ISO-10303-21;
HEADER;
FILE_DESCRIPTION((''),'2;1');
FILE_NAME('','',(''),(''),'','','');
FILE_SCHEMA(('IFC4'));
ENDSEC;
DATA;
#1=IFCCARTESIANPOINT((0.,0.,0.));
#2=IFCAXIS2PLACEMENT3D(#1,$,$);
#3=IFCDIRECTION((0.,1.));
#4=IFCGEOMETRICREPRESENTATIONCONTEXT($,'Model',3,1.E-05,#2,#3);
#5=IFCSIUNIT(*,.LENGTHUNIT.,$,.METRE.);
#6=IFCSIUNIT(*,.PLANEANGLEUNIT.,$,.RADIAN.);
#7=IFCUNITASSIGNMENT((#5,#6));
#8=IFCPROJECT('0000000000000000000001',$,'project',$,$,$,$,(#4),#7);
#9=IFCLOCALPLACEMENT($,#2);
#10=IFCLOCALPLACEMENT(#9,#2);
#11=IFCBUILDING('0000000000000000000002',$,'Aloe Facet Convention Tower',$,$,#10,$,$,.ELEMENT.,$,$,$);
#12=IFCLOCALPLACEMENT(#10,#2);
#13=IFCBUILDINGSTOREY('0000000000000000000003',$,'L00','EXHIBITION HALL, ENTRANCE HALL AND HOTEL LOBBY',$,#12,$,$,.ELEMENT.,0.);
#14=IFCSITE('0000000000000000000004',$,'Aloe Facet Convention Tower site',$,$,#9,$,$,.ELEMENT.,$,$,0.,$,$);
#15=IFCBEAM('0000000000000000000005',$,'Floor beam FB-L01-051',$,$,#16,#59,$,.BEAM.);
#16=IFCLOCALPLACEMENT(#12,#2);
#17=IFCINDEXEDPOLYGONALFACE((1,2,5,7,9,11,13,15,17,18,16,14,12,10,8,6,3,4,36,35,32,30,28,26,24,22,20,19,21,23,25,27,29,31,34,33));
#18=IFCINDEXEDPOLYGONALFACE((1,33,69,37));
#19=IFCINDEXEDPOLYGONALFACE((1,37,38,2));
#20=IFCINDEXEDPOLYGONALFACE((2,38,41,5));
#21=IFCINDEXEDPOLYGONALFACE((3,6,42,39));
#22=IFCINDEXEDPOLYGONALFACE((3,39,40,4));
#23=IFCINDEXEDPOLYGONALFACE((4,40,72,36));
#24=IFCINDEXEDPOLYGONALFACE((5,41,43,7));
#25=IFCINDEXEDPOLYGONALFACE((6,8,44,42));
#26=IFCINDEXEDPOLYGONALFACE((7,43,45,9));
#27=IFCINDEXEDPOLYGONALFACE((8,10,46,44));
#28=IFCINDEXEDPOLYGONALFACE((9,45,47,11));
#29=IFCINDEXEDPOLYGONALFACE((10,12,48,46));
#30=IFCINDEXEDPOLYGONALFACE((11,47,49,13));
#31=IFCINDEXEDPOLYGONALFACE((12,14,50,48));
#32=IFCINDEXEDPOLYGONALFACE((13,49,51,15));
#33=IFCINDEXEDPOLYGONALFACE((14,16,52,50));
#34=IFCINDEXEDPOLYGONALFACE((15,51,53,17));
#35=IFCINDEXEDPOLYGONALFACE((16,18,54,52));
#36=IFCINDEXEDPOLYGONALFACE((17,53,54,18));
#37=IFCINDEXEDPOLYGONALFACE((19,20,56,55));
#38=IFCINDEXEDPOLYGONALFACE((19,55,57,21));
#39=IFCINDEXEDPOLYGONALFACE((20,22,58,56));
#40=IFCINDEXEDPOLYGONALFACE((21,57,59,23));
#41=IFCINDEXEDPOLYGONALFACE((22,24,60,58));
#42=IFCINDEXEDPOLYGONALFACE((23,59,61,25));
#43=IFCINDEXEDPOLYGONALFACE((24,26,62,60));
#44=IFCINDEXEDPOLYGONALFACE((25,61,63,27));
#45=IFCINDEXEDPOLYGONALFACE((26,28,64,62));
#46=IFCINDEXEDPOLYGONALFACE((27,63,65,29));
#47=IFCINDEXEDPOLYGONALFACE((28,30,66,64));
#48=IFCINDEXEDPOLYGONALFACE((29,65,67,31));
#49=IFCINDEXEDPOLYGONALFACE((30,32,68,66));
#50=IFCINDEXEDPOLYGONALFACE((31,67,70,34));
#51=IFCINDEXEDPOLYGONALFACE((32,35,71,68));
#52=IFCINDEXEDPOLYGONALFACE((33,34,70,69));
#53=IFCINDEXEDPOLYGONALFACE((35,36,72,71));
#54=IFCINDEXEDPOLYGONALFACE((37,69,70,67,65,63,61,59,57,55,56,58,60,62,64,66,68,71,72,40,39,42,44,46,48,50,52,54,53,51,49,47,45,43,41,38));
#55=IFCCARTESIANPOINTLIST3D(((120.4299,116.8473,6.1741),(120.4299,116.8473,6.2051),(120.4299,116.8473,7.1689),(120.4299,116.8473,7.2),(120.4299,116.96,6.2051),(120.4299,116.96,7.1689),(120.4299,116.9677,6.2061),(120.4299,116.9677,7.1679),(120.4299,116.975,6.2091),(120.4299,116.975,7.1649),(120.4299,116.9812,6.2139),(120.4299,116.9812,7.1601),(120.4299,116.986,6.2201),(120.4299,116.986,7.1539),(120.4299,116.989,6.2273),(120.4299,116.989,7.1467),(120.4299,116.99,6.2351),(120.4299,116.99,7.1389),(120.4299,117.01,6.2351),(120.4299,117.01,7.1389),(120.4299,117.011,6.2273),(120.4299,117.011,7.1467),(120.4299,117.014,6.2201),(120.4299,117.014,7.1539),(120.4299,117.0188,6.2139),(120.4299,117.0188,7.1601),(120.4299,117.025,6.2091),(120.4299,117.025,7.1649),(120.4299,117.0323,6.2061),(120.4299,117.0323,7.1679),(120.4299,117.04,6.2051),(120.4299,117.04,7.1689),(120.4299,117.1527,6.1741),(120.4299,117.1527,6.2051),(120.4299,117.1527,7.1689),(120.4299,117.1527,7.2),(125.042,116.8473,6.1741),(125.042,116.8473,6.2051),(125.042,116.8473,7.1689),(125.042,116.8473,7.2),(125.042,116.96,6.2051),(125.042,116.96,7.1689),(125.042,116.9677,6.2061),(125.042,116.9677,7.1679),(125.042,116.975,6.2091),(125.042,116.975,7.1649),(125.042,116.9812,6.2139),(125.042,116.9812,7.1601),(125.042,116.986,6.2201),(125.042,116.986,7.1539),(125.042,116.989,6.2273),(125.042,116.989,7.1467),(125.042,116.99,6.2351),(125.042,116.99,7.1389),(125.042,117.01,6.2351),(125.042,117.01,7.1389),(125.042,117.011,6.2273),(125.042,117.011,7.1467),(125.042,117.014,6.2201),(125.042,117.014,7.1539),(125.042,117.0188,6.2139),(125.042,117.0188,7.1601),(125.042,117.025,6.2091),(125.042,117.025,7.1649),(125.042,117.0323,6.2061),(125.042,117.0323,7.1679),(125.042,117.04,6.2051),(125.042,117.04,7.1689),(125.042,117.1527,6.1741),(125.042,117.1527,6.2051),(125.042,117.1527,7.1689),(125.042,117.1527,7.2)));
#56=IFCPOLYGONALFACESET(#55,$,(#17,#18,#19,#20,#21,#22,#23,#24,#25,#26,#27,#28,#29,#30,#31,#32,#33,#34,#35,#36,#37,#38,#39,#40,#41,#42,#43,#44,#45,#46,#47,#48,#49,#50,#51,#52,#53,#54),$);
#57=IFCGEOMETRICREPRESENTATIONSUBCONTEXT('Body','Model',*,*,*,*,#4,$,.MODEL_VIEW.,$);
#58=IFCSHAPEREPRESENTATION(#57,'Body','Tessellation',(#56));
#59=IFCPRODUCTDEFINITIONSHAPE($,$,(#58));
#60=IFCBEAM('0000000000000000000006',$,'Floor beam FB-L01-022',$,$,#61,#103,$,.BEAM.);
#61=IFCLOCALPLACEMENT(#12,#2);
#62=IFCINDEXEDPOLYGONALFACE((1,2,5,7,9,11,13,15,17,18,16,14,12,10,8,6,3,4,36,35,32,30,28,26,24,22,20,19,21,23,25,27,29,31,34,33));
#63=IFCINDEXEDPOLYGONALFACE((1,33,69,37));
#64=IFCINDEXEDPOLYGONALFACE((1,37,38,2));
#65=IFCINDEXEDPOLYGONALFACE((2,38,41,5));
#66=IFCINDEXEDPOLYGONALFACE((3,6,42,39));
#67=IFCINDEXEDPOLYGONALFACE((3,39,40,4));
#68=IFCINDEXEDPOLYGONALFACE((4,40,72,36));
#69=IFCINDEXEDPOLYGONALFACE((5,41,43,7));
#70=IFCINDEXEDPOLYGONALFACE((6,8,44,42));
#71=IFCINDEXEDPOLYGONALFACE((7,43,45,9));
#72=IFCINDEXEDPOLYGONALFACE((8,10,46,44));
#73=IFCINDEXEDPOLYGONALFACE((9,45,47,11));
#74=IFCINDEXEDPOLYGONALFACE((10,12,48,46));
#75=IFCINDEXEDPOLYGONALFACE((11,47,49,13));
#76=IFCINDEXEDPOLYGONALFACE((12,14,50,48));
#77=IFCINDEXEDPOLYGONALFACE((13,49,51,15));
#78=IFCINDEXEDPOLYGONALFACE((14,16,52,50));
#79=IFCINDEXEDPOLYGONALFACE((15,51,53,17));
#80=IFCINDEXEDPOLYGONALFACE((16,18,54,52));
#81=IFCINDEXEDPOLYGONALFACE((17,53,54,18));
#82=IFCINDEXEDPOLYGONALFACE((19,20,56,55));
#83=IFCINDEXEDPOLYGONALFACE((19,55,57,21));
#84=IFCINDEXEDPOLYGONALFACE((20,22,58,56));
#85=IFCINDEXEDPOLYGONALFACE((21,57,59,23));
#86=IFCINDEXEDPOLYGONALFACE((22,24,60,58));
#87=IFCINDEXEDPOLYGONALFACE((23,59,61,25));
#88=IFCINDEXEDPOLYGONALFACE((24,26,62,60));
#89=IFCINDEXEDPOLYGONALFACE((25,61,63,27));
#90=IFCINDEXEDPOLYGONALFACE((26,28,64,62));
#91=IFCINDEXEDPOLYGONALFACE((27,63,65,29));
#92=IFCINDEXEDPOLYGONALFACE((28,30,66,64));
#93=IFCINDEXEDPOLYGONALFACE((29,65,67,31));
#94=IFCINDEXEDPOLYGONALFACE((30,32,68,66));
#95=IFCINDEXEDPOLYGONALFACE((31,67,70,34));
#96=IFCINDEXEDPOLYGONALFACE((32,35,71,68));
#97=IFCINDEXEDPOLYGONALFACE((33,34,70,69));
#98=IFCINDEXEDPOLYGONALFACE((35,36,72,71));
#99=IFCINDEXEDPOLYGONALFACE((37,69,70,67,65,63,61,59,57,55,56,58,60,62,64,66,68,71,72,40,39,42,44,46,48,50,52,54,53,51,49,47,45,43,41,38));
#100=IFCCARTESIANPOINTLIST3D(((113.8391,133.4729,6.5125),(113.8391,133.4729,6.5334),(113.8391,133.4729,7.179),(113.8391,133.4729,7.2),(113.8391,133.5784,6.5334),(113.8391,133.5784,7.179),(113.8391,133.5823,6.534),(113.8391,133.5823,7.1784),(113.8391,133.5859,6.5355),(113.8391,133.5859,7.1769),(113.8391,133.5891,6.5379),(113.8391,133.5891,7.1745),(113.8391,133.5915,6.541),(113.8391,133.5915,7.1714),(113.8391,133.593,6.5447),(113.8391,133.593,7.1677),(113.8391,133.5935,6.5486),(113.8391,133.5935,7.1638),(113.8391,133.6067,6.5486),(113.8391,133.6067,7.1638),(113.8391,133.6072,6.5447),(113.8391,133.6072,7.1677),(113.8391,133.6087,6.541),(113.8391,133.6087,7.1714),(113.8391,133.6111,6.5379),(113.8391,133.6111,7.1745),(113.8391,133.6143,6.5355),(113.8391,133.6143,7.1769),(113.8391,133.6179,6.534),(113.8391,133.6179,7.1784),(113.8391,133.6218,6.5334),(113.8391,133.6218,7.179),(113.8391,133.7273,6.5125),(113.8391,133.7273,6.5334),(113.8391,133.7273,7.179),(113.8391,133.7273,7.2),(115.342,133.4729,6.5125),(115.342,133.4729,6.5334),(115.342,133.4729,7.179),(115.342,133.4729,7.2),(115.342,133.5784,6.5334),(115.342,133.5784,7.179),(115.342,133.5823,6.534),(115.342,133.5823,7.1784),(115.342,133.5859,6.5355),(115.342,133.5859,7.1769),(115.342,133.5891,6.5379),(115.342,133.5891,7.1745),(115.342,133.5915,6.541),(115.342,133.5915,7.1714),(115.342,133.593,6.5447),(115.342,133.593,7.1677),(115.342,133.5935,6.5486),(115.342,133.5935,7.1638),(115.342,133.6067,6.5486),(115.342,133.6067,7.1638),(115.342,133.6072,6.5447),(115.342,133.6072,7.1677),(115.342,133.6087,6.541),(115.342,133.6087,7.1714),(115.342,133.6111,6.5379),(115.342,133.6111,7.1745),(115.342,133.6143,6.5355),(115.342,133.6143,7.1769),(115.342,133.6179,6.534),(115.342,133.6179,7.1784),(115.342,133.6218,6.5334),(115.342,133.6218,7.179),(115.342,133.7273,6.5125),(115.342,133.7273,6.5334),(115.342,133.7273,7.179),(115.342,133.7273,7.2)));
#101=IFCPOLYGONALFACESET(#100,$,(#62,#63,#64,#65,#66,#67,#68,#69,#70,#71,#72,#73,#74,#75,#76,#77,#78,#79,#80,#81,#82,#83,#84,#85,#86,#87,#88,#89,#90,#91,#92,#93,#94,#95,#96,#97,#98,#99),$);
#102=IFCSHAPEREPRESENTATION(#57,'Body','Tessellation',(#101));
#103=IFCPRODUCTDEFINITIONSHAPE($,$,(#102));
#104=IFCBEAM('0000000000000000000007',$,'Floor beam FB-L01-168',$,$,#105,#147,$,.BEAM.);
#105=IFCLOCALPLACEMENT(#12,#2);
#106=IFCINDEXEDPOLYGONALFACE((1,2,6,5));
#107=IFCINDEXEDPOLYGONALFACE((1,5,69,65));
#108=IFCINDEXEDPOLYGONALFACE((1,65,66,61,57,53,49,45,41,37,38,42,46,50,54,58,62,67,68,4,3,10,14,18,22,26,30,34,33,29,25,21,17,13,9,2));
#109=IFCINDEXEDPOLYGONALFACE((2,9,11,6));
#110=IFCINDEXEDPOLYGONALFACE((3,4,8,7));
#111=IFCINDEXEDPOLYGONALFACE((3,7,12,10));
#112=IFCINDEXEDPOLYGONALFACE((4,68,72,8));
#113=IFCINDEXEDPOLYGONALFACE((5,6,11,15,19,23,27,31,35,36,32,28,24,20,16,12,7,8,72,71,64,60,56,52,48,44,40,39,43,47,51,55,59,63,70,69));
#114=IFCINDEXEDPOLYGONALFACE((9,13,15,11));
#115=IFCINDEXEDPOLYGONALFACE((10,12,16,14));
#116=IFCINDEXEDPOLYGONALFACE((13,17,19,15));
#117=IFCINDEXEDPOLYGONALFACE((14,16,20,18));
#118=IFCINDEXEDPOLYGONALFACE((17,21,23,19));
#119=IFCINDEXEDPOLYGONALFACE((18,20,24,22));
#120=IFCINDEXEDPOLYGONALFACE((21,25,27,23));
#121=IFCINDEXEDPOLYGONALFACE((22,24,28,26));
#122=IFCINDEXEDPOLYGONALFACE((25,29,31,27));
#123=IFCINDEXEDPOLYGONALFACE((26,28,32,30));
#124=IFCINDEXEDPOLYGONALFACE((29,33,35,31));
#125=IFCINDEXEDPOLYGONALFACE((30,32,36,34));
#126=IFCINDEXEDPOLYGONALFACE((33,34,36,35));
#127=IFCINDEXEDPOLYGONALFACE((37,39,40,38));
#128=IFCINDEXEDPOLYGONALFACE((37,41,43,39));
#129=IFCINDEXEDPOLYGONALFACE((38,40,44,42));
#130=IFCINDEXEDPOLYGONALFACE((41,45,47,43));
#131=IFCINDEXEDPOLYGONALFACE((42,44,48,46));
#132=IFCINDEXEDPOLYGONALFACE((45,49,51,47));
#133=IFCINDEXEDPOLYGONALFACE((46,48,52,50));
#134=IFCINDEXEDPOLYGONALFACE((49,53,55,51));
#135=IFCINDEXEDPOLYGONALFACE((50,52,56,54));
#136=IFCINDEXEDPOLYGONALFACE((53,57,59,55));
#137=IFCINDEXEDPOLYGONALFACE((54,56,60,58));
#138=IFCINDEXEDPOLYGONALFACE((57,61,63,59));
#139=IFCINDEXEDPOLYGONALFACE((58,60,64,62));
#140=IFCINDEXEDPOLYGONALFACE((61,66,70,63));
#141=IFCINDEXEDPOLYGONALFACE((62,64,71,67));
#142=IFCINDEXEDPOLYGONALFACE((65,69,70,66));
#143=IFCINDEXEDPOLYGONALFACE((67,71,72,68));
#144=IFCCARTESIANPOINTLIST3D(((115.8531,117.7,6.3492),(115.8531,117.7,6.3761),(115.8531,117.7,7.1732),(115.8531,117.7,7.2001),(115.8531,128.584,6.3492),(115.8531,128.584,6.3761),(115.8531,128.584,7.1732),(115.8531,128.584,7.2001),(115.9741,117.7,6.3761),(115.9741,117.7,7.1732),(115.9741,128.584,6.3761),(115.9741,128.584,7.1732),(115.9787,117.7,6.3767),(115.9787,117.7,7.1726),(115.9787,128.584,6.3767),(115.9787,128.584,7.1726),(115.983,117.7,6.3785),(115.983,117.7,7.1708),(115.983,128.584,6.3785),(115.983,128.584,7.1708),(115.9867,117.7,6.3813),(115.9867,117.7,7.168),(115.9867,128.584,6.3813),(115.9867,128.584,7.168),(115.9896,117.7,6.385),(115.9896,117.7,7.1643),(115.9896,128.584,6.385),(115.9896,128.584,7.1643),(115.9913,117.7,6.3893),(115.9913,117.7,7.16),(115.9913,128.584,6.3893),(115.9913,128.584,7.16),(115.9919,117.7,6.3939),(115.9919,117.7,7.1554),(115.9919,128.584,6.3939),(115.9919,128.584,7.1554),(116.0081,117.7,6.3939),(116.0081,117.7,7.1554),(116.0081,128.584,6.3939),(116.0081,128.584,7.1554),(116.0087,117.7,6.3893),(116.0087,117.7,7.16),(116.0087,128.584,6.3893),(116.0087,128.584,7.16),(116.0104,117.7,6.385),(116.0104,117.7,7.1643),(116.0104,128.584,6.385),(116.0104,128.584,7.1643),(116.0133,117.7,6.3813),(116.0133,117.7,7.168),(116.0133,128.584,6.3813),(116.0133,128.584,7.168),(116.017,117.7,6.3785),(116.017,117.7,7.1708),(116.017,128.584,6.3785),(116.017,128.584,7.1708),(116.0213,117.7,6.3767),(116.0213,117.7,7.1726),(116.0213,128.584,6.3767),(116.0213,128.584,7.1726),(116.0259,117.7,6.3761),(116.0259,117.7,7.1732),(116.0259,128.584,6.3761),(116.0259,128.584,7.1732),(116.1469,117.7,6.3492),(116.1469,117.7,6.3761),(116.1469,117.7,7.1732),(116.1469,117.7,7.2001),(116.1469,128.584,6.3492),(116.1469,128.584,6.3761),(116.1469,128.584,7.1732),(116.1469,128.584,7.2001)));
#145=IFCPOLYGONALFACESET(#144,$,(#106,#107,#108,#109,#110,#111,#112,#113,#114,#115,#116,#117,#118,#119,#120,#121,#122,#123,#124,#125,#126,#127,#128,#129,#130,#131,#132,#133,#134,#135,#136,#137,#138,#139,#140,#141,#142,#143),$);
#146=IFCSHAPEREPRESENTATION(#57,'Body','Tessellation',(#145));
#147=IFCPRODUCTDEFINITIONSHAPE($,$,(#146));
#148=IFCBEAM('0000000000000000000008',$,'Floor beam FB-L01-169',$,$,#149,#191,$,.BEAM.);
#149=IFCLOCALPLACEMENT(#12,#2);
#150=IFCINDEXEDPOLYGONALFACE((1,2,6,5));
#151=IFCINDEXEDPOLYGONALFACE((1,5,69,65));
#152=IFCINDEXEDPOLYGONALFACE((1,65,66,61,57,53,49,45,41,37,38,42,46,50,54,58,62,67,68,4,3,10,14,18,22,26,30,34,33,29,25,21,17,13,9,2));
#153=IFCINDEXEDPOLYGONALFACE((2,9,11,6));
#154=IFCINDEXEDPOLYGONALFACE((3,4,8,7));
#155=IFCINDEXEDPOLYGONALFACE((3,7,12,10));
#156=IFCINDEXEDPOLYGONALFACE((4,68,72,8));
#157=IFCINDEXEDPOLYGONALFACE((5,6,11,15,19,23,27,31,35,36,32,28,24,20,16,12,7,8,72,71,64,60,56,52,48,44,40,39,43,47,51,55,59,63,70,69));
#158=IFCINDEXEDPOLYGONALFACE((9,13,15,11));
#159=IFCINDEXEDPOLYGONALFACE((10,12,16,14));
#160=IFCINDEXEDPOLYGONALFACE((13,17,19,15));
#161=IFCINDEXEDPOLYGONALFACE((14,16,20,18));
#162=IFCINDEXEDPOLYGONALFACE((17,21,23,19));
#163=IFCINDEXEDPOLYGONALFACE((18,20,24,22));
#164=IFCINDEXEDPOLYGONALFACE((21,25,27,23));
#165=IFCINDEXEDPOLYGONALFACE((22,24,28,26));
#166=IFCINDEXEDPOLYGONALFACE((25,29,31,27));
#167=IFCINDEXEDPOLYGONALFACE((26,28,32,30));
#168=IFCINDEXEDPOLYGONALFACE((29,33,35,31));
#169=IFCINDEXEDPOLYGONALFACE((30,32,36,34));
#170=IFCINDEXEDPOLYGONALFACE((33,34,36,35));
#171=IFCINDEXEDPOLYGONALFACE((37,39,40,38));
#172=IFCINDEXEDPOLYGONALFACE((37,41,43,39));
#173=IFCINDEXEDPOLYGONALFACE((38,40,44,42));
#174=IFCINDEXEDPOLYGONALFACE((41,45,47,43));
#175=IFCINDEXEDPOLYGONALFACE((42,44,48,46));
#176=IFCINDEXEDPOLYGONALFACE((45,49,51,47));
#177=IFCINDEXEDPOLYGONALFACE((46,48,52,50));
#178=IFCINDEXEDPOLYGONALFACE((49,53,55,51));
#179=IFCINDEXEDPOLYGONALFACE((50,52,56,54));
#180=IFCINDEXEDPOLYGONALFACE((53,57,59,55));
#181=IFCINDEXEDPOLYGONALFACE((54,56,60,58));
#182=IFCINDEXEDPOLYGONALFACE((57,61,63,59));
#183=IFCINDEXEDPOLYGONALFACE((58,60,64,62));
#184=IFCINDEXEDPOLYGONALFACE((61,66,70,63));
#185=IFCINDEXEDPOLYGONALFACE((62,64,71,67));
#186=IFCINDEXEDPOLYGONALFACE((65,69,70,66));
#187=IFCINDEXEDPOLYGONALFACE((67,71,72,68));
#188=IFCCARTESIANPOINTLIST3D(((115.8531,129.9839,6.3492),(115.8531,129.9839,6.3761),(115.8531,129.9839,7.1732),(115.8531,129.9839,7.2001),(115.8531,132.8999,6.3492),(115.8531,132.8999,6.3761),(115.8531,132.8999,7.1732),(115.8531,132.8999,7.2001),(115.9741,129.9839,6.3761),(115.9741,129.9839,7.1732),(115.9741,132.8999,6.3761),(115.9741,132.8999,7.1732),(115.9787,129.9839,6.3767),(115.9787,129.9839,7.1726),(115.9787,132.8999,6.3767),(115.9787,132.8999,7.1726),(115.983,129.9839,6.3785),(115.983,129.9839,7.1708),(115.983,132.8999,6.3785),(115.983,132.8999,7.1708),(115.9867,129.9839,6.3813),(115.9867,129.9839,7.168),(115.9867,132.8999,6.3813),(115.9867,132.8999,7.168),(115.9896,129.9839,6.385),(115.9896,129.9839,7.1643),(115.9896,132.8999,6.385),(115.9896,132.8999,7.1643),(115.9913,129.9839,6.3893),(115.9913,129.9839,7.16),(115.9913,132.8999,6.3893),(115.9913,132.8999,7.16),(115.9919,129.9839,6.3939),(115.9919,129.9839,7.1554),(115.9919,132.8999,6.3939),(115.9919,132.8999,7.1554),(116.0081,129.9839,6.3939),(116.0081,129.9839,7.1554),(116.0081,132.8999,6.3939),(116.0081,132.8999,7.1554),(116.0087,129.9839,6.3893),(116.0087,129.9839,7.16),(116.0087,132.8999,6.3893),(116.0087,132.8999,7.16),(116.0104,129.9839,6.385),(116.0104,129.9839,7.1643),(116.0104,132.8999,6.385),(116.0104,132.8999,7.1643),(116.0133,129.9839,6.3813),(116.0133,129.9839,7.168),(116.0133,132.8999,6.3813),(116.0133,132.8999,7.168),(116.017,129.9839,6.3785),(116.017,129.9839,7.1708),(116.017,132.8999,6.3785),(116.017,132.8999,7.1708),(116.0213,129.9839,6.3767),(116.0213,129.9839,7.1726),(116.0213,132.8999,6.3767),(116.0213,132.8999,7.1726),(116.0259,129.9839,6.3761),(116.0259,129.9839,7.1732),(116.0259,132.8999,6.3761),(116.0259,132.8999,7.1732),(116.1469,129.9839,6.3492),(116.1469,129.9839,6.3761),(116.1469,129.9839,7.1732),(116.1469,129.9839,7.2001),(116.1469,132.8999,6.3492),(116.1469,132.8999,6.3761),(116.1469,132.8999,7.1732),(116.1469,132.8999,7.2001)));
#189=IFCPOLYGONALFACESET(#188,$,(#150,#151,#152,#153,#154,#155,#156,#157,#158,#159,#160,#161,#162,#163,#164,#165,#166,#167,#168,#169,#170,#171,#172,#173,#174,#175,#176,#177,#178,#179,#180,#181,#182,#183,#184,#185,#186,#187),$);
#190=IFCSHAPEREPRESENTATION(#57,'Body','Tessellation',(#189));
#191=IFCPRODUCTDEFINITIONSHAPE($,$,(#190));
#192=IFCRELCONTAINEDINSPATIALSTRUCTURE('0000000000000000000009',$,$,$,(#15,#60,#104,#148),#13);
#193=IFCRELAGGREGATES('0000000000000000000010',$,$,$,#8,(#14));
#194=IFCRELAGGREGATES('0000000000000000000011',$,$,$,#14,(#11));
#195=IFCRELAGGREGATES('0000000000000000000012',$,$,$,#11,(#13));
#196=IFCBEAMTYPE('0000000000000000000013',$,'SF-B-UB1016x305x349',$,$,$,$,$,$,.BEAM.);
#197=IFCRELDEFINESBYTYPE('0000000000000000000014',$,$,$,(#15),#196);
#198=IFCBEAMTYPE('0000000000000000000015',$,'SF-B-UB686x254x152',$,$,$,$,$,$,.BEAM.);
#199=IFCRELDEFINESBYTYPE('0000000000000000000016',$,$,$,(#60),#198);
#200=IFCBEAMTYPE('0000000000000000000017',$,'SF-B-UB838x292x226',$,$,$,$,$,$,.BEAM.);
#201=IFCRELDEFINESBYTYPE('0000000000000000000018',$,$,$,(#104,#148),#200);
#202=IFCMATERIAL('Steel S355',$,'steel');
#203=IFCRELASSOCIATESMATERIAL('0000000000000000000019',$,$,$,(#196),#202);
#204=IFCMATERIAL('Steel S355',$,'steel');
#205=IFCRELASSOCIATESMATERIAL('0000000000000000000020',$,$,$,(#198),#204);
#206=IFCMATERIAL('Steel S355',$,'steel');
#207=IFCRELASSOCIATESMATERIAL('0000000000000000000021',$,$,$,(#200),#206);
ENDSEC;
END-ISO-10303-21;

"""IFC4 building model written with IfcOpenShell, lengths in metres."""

from ifc_helpers import new_model, si_unit, direction, frame, origin, origin_2d, place, context, subcontext, project, spatial, i_section, extrude, material, material_profile, profile_set, type_object, element, save


model = new_model("IFC4")

# Units and contexts
model_context = context("Model", 3, precision=1e-05, world=origin(), true_north=direction((0.0, 1.0)))
body_context = subcontext(model_context, "Body", "Model", "MODEL_VIEW")
ifc_project = project(units=[si_unit("LENGTHUNIT", "METRE"), si_unit("PLANEANGLEUNIT", "RADIAN")], contexts=[model_context])

# Site, building, storey
site_placement = place(None, origin())
site = spatial("IfcSite", under=ifc_project, at=site_placement, Name="Aloe Facet Convention Tower site", CompositionType="ELEMENT", RefElevation=0.0)
building_placement = place(site_placement, origin())
building = spatial("IfcBuilding", under=site, at=building_placement, Name="Aloe Facet Convention Tower", CompositionType="ELEMENT")
storey_placement = place(building_placement, origin())
storey = spatial("IfcBuildingStorey", under=building, at=storey_placement, Name="L00", Description="EXHIBITION HALL, ENTRANCE HALL AND HOTEL LOBBY", CompositionType="ELEMENT", Elevation=0.0)

# Beams
ifc_material_1 = material(Name="Steel S355", Category="steel")
ifc_material_profile_1 = material_profile(ifc_material_1, i_section(OverallWidth=0.3054, OverallDepth=1.0259, WebThickness=0.02, FlangeThickness=0.031, FilletRadius=0.03, at=origin_2d()), Name="UB 1016x305x349")
ifc_profile_set_1 = profile_set([ifc_material_profile_1], Name="Steel S355")
beam_type_1 = type_object("IfcBeamType", Name="SF-B-UB1016x305x349", PredefinedType="BEAM", material=ifc_profile_set_1)
beam_1_placement = place(storey_placement, frame((120.4299, 117.0, 6.687), z_axis=(1.0, 0.0, 0.0), x_axis=(0.0, 1.0, 0.0)))
element("IfcBeam", 1, at=beam_1_placement, inside=storey, type_object=beam_type_1, Name="Floor beam FB-L01-051", PredefinedType="BEAM", context=body_context, shape_type="SweptSolid", body=[
    extrude(i_section(OverallWidth=0.3054, OverallDepth=1.0259, WebThickness=0.02, FlangeThickness=0.031, FilletRadius=0.03, at=origin_2d()), origin(), (0.0, 0.0, 1.0), 4.6121),
])
ifc_material_2 = material(Name="Steel S355", Category="steel")
ifc_material_profile_2 = material_profile(ifc_material_2, i_section(OverallWidth=0.2544, OverallDepth=0.6875, WebThickness=0.0132, FlangeThickness=0.021, FilletRadius=0.0151, at=origin_2d()), Name="UB 686x254x152")
ifc_profile_set_2 = profile_set([ifc_material_profile_2], Name="Steel S355")
beam_type_2 = type_object("IfcBeamType", Name="SF-B-UB686x254x152", PredefinedType="BEAM", material=ifc_profile_set_2)
beam_2_placement = place(storey_placement, frame((113.8391, 133.6001, 6.8562), z_axis=(1.0, 0.0, 0.0), x_axis=(0.0, 1.0, 0.0)))
element("IfcBeam", 2, at=beam_2_placement, inside=storey, type_object=beam_type_2, Name="Floor beam FB-L01-022", PredefinedType="BEAM", context=body_context, shape_type="SweptSolid", body=[
    extrude(i_section(OverallWidth=0.2544, OverallDepth=0.6875, WebThickness=0.0132, FlangeThickness=0.021, FilletRadius=0.0151, at=origin_2d()), origin(), (0.0, 0.0, 1.0), 1.5029),
])
ifc_material_3 = material(Name="Steel S355", Category="steel")
ifc_material_profile_3 = material_profile(ifc_material_3, i_section(OverallWidth=0.2937, OverallDepth=0.8508, WebThickness=0.0161, FlangeThickness=0.0269, FilletRadius=0.0178, at=origin_2d()), Name="UB 838x292x226")
ifc_profile_set_3 = profile_set([ifc_material_profile_3], Name="Steel S355")
beam_type_3 = type_object("IfcBeamType", Name="SF-B-UB838x292x226", PredefinedType="BEAM", material=ifc_profile_set_3)
beam_3_placement = place(storey_placement, frame((116.0, 117.7, 6.7747), z_axis=(0.0, 1.0, 0.0), x_axis=(-1.0, 0.0, 0.0)))
element("IfcBeam", 3, at=beam_3_placement, inside=storey, type_object=beam_type_3, Name="Floor beam FB-L01-168", PredefinedType="BEAM", context=body_context, shape_type="SweptSolid", body=[
    extrude(i_section(OverallWidth=0.2937, OverallDepth=0.8508, WebThickness=0.0161, FlangeThickness=0.0269, FilletRadius=0.0178, at=origin_2d()), origin(), (0.0, 0.0, 1.0), 10.884),
])
beam_4_placement = place(storey_placement, frame((116.0, 129.9839, 6.7747), z_axis=(0.0, 1.0, 0.0), x_axis=(-1.0, 0.0, 0.0)))
element("IfcBeam", 4, at=beam_4_placement, inside=storey, type_object=beam_type_3, Name="Floor beam FB-L01-169", PredefinedType="BEAM", context=body_context, shape_type="SweptSolid", body=[
    extrude(i_section(OverallWidth=0.2937, OverallDepth=0.8508, WebThickness=0.0161, FlangeThickness=0.0269, FilletRadius=0.0178, at=origin_2d()), origin(), (0.0, 0.0, 1.0), 2.916),
])

save(model, "model.ifc")
